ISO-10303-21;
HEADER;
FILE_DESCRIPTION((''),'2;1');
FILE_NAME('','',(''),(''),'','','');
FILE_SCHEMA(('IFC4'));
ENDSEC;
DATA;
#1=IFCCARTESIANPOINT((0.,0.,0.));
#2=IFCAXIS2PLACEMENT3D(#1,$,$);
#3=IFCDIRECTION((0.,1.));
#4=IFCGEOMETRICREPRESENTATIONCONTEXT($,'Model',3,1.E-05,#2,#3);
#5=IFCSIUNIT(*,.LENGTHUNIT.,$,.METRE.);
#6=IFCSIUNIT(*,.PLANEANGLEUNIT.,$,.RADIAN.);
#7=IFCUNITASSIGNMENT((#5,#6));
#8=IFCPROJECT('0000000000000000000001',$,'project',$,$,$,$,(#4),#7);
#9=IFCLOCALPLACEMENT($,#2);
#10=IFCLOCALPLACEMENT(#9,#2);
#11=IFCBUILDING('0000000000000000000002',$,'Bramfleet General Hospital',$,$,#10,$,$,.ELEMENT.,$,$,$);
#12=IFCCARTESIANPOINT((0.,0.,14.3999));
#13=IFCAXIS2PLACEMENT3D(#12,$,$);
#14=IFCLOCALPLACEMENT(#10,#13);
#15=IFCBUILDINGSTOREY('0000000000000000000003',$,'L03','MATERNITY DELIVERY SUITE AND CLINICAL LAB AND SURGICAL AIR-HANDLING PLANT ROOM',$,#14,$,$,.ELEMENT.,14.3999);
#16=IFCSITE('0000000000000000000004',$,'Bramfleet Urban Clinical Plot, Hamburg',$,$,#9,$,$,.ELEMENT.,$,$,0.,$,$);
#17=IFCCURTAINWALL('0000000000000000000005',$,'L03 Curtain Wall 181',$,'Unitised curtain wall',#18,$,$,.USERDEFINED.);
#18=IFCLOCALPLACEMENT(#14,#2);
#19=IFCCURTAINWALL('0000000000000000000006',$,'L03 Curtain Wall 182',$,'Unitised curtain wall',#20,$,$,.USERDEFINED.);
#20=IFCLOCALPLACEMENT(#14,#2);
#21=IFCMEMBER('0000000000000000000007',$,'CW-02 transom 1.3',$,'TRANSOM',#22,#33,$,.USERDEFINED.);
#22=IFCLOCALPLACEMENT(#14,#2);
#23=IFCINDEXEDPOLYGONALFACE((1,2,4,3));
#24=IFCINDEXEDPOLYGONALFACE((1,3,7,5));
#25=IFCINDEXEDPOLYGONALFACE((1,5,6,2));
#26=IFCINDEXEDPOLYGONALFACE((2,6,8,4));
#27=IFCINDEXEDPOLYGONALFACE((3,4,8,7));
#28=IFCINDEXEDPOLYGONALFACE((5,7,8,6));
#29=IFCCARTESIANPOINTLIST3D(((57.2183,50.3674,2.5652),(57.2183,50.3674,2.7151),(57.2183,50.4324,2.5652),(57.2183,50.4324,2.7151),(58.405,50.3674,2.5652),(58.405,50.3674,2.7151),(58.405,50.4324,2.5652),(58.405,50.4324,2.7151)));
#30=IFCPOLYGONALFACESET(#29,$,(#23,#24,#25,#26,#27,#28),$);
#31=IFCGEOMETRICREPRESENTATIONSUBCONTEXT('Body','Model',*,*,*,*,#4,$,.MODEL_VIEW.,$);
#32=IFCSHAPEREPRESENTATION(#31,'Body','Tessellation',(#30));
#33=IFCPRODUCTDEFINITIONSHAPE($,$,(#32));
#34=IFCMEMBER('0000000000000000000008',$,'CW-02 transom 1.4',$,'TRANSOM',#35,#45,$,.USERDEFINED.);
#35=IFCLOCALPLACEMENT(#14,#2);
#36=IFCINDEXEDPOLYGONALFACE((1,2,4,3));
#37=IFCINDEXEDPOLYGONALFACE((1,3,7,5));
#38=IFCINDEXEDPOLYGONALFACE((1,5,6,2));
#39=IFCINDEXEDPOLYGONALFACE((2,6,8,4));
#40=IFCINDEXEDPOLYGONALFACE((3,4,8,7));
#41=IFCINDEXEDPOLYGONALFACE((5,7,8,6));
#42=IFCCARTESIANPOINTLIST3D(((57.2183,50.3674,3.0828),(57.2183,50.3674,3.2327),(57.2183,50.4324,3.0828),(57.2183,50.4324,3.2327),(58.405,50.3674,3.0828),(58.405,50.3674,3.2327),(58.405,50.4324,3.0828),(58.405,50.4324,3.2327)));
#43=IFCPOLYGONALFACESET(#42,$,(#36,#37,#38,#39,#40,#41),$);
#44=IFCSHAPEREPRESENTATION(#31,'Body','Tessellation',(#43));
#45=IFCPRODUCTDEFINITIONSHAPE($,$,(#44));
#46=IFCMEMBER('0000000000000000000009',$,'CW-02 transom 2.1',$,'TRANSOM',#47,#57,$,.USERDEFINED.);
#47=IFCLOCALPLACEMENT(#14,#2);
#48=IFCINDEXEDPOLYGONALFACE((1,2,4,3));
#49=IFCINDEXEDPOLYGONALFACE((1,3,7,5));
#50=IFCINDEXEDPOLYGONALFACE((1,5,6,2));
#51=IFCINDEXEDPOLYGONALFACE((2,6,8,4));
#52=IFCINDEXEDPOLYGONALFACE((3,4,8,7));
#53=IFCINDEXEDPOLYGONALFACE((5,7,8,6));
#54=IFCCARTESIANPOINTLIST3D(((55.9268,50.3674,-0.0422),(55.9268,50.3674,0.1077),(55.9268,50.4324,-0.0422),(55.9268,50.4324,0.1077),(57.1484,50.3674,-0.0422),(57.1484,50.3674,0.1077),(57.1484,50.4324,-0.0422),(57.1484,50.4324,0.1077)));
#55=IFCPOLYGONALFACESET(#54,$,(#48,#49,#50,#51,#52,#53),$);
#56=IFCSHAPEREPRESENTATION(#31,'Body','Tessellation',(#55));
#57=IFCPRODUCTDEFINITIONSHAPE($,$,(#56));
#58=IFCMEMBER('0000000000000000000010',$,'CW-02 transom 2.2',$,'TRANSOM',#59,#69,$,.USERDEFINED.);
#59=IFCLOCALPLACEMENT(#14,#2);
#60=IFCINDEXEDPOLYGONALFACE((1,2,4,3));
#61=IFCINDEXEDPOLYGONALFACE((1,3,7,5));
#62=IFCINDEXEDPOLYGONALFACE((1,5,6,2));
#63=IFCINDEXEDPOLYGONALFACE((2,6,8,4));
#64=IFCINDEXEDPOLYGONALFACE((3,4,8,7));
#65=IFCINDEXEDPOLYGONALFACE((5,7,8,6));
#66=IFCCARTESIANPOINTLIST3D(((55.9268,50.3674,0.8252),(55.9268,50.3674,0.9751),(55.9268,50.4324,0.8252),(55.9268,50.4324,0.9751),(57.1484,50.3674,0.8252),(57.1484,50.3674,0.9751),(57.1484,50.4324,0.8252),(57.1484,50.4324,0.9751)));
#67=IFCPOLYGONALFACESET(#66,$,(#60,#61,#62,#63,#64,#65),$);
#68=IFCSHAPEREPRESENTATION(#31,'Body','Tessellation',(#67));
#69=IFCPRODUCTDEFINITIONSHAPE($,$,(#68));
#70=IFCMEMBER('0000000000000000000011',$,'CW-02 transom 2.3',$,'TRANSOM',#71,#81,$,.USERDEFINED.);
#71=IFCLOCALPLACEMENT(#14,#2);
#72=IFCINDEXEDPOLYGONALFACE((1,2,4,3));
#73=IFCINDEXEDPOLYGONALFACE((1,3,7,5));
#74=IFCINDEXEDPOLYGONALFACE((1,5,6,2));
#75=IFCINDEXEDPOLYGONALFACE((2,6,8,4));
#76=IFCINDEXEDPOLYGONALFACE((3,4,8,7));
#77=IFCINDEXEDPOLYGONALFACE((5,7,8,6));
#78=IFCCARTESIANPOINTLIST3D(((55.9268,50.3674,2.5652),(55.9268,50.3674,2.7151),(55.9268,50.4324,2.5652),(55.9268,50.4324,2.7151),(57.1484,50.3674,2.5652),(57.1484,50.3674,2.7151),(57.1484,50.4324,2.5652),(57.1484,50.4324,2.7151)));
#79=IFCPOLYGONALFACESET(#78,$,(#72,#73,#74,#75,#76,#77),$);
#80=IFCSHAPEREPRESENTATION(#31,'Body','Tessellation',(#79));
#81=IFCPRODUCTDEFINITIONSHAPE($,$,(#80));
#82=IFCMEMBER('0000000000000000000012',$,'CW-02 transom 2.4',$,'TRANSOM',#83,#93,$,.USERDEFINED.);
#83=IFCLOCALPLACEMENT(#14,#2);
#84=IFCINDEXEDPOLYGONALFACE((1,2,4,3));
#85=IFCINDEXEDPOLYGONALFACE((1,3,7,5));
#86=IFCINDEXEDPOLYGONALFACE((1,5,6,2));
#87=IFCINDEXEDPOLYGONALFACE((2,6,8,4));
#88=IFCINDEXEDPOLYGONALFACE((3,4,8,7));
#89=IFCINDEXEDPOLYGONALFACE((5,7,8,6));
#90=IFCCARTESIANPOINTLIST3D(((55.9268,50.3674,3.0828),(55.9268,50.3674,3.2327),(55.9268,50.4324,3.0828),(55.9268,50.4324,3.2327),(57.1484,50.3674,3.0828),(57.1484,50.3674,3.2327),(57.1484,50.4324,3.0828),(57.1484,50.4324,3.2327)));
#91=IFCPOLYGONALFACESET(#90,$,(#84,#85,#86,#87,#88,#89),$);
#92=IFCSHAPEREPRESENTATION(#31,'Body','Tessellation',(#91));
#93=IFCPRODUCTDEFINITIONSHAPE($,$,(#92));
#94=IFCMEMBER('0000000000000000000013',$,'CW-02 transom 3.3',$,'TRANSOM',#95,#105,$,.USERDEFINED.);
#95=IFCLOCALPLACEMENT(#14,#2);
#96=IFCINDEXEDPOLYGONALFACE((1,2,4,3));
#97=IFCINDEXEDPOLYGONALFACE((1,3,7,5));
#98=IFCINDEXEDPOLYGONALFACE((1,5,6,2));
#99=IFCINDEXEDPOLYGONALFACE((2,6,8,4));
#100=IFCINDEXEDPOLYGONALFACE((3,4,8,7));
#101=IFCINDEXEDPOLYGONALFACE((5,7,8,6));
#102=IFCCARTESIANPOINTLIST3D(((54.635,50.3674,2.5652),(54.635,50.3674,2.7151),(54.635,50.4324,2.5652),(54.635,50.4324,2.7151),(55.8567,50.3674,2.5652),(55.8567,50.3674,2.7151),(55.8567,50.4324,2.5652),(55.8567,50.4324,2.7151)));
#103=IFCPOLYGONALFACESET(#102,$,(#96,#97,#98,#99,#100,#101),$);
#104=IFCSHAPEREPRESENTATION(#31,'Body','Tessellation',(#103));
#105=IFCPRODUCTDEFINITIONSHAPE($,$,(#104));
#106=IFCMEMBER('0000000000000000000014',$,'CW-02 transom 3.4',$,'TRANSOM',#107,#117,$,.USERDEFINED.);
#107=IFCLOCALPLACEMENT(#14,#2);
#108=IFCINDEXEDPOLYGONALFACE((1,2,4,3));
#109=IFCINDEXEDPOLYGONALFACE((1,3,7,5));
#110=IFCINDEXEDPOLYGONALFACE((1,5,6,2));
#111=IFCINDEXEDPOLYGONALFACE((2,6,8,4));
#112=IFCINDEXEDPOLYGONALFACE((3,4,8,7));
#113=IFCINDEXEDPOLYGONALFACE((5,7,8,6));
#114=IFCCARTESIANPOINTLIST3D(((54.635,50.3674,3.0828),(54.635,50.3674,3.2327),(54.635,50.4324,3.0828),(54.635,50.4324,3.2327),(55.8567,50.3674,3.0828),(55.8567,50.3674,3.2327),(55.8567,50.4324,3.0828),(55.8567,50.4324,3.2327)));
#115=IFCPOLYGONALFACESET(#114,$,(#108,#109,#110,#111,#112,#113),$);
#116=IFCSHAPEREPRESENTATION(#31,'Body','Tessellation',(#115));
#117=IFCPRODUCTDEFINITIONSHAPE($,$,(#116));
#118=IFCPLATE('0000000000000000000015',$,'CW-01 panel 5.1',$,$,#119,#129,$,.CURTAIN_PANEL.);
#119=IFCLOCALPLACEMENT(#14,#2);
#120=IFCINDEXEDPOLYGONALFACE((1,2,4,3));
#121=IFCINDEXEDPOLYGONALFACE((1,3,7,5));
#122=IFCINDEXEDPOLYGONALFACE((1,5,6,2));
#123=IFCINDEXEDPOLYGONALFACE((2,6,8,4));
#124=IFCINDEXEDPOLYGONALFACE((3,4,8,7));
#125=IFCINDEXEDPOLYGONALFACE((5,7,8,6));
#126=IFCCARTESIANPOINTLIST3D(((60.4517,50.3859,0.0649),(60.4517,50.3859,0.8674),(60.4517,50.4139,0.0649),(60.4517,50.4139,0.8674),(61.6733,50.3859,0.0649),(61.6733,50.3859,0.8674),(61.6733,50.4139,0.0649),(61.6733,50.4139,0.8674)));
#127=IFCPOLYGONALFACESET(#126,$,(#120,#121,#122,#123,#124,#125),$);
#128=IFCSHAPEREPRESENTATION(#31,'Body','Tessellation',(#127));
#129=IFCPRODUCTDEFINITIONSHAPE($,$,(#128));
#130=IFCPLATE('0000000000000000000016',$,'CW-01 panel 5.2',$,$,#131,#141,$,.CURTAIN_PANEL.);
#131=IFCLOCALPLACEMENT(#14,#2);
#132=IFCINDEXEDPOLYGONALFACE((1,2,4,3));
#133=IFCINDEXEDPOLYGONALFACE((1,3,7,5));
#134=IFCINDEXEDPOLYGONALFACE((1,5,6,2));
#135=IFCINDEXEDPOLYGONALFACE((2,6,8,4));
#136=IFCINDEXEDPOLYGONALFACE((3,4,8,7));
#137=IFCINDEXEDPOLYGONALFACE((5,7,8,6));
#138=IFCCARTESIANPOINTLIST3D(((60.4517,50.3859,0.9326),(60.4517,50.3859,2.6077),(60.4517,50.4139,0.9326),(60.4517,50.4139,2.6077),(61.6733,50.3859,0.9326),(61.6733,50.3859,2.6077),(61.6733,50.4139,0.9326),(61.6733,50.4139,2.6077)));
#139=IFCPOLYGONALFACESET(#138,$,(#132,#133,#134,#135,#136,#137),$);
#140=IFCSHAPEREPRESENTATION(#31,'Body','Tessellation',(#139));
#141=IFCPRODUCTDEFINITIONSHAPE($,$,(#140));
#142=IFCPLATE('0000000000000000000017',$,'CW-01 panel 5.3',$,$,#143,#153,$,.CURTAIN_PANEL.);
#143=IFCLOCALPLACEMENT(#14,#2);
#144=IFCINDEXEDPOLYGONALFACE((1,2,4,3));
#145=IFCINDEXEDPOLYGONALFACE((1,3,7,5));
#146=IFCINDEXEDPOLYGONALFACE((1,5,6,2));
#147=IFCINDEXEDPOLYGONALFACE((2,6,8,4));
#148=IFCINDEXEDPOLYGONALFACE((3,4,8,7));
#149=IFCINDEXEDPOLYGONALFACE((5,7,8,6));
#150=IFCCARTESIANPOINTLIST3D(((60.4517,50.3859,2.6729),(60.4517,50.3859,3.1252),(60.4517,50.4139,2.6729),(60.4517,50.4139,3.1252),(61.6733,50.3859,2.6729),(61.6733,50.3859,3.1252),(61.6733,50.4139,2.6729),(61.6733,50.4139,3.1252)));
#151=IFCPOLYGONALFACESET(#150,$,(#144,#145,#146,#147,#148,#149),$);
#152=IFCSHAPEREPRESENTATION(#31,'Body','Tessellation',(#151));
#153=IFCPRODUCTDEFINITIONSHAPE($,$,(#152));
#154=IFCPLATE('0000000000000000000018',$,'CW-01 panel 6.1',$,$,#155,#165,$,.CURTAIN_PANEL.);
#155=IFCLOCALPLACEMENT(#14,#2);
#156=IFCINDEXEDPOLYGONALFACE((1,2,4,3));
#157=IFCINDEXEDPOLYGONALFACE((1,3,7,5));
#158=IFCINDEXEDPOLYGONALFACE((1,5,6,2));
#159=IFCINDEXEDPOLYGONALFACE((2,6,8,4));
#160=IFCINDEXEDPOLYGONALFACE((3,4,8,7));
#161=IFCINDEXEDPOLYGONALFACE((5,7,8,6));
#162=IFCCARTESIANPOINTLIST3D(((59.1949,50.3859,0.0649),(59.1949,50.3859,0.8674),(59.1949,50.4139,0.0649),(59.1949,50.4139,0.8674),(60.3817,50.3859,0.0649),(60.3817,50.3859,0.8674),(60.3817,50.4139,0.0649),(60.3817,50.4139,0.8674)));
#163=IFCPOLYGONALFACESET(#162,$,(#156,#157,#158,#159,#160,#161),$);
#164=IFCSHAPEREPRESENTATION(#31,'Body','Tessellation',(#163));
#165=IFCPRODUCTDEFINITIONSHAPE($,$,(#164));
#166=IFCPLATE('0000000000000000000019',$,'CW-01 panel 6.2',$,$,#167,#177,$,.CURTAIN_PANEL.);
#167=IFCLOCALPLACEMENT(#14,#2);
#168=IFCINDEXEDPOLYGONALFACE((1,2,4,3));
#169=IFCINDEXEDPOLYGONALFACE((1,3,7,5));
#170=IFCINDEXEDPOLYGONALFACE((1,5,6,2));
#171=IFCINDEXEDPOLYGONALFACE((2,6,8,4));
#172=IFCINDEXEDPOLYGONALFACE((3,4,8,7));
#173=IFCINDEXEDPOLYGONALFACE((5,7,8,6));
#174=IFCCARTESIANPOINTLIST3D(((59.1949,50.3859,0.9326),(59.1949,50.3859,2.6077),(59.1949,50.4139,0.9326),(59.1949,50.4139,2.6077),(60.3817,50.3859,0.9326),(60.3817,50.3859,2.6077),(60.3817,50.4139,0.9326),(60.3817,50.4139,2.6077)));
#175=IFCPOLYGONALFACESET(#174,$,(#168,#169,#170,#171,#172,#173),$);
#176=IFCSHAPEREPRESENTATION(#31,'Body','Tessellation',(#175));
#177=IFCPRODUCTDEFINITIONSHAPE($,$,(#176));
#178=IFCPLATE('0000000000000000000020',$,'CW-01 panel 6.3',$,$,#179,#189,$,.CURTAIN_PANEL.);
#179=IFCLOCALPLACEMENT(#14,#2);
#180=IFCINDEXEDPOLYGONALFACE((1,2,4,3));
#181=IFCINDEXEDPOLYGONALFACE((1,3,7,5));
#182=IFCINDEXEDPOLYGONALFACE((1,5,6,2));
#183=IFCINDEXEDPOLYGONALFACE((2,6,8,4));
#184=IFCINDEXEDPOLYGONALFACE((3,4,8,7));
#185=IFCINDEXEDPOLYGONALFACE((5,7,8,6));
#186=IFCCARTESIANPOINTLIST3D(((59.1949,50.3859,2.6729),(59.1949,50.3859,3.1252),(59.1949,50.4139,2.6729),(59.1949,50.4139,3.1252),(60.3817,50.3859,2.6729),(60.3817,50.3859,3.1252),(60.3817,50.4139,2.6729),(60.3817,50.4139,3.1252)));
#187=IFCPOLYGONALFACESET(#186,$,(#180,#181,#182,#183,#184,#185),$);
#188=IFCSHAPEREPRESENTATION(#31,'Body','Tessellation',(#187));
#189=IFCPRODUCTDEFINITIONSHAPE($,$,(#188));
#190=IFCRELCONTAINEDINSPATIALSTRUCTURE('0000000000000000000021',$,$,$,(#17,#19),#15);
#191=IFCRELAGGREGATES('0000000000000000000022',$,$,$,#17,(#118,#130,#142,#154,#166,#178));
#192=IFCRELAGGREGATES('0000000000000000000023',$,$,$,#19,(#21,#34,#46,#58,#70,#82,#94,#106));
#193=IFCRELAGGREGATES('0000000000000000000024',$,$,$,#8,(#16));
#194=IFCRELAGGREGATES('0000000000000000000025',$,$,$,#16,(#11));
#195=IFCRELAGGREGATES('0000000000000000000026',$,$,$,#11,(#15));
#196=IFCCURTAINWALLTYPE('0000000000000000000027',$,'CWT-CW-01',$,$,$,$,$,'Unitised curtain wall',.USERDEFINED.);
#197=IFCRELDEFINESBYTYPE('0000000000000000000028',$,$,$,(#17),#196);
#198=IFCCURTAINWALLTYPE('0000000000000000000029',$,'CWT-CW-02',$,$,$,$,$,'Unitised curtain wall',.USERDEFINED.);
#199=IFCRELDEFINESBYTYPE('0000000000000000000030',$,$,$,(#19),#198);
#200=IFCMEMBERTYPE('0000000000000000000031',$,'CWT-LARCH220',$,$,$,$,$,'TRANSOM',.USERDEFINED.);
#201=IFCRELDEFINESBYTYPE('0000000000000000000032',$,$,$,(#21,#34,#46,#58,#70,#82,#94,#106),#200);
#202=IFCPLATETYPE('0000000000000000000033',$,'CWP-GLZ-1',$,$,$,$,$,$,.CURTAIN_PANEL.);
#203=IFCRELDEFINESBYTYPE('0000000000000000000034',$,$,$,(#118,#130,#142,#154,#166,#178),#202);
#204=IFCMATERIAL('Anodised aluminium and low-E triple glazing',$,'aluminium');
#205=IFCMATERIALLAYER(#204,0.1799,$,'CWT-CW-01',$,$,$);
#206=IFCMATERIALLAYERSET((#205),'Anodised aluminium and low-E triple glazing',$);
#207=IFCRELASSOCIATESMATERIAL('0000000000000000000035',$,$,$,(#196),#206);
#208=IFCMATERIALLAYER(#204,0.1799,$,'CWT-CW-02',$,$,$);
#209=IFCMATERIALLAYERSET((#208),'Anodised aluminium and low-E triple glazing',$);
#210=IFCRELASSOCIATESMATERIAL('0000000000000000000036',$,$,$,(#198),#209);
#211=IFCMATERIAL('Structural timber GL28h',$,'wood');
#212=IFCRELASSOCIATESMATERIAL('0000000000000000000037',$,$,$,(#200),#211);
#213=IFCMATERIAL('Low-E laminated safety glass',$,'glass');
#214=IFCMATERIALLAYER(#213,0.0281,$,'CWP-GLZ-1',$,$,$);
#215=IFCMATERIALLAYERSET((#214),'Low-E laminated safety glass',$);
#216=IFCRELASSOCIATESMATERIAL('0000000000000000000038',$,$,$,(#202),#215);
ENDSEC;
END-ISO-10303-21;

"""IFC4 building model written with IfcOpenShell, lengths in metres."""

from ifc_helpers import new_model, si_unit, direction, frame, origin, origin_2d, place, context, subcontext, project, spatial, rectangle, extrude, material, layer, layer_set, material_profile, profile_set, type_object, element, aggregate, save


model = new_model("IFC4")

# Units and contexts
model_context = context("Model", 3, precision=1e-05, world=origin(), true_north=direction((0.0, 1.0)))
body_context = subcontext(model_context, "Body", "Model", "MODEL_VIEW")
ifc_project = project(units=[si_unit("LENGTHUNIT", "METRE"), si_unit("PLANEANGLEUNIT", "RADIAN")], contexts=[model_context])

# Site, building, storey
site_placement = place(None, origin())
site = spatial("IfcSite", under=ifc_project, at=site_placement, Name="Bramfleet Urban Clinical Plot, Hamburg", CompositionType="ELEMENT", RefElevation=0.0)
building_placement = place(site_placement, origin())
building = spatial("IfcBuilding", under=site, at=building_placement, Name="Bramfleet General Hospital", CompositionType="ELEMENT")
storey_placement = place(building_placement, frame((0.0, 0.0, 14.3999)))
storey = spatial("IfcBuildingStorey", under=building, at=storey_placement, Name="L03", Description="MATERNITY DELIVERY SUITE AND CLINICAL LAB AND SURGICAL AIR-HANDLING PLANT ROOM", CompositionType="ELEMENT", Elevation=14.3999)

# Curtain walls
ifc_material_1 = material(Name="Anodised aluminium and low-E triple glazing", Category="aluminium")
ifc_layer_1 = layer(ifc_material_1, 0.1799, Name="CWT-CW-01")
ifc_layer_set_1 = layer_set([ifc_layer_1], Name="Anodised aluminium and low-E triple glazing")
curtain_wall_type_1 = type_object("IfcCurtainWallType", Name="CWT-CW-01", ElementType="Unitised curtain wall", PredefinedType="USERDEFINED", material=ifc_layer_set_1)
curtain_wall_1_placement = place(storey_placement, origin())
curtain_wall_1 = element("IfcCurtainWall", 1, at=curtain_wall_1_placement, inside=storey, type_object=curtain_wall_type_1, Name="L03 Curtain Wall 181", ObjectType="Unitised curtain wall", PredefinedType="USERDEFINED")
ifc_material_2 = material(Name="Structural timber GL28h", Category="wood")
ifc_layer_2 = layer(ifc_material_1, 0.1799, Name="CWT-CW-02")
ifc_layer_set_2 = layer_set([ifc_layer_2], Name="Anodised aluminium and low-E triple glazing")
curtain_wall_type_2 = type_object("IfcCurtainWallType", Name="CWT-CW-02", ElementType="Unitised curtain wall", PredefinedType="USERDEFINED", material=ifc_layer_set_2)
curtain_wall_2_placement = place(storey_placement, origin())
curtain_wall_2 = element("IfcCurtainWall", 2, at=curtain_wall_2_placement, inside=storey, type_object=curtain_wall_type_2, Name="L03 Curtain Wall 182", ObjectType="Unitised curtain wall", PredefinedType="USERDEFINED")

# Members
ifc_material_profile_1 = material_profile(ifc_material_2, rectangle(XDim=0.0649, YDim=0.1499, at=origin_2d()), Name="LARCH 150x65")
ifc_profile_set_1 = profile_set([ifc_material_profile_1], Name="Structural timber GL28h")
member_type_1 = type_object("IfcMemberType", Name="CWT-LARCH220", ElementType="TRANSOM", PredefinedType="USERDEFINED", material=ifc_profile_set_1)
member_1_placement = place(storey_placement, frame((58.405, 50.3999, 2.6401), z_axis=(-1.0, 0.0, 0.0), x_axis=(0.0, -1.0, 0.0)))
member_1 = element("IfcMember", 3, at=member_1_placement, type_object=member_type_1, Name="CW-02 transom 1.3", ObjectType="TRANSOM", PredefinedType="USERDEFINED", context=body_context, shape_type="SweptSolid", body=[
    extrude(rectangle(XDim=0.0649, YDim=0.1499, at=origin_2d()), origin(), (0.0, 0.0, 1.0), 1.1868),
])
member_2_placement = place(storey_placement, frame((58.405, 50.3999, 3.1577), z_axis=(-1.0, 0.0, 0.0), x_axis=(0.0, -1.0, 0.0)))
member_2 = element("IfcMember", 4, at=member_2_placement, type_object=member_type_1, Name="CW-02 transom 1.4", ObjectType="TRANSOM", PredefinedType="USERDEFINED", context=body_context, shape_type="SweptSolid", body=[
    extrude(rectangle(XDim=0.0649, YDim=0.1499, at=origin_2d()), origin(), (0.0, 0.0, 1.0), 1.1868),
])
member_3_placement = place(storey_placement, frame((57.1484, 50.3999, 0.0327), z_axis=(-1.0, 0.0, 0.0), x_axis=(0.0, -1.0, 0.0)))
member_3 = element("IfcMember", 5, at=member_3_placement, type_object=member_type_1, Name="CW-02 transom 2.1", ObjectType="TRANSOM", PredefinedType="USERDEFINED", context=body_context, shape_type="SweptSolid", body=[
    extrude(rectangle(XDim=0.0649, YDim=0.1499, at=origin_2d()), origin(), (0.0, 0.0, 1.0), 1.2217),
])
member_4_placement = place(storey_placement, frame((57.1484, 50.3999, 0.9001), z_axis=(-1.0, 0.0, 0.0), x_axis=(0.0, -1.0, 0.0)))
member_4 = element("IfcMember", 6, at=member_4_placement, type_object=member_type_1, Name="CW-02 transom 2.2", ObjectType="TRANSOM", PredefinedType="USERDEFINED", context=body_context, shape_type="SweptSolid", body=[
    extrude(rectangle(XDim=0.0649, YDim=0.1499, at=origin_2d()), origin(), (0.0, 0.0, 1.0), 1.2217),
])
member_5_placement = place(storey_placement, frame((57.1484, 50.3999, 2.6401), z_axis=(-1.0, 0.0, 0.0), x_axis=(0.0, -1.0, 0.0)))
member_5 = element("IfcMember", 7, at=member_5_placement, type_object=member_type_1, Name="CW-02 transom 2.3", ObjectType="TRANSOM", PredefinedType="USERDEFINED", context=body_context, shape_type="SweptSolid", body=[
    extrude(rectangle(XDim=0.0649, YDim=0.1499, at=origin_2d()), origin(), (0.0, 0.0, 1.0), 1.2217),
])
member_6_placement = place(storey_placement, frame((57.1484, 50.3999, 3.1577), z_axis=(-1.0, 0.0, 0.0), x_axis=(0.0, -1.0, 0.0)))
member_6 = element("IfcMember", 8, at=member_6_placement, type_object=member_type_1, Name="CW-02 transom 2.4", ObjectType="TRANSOM", PredefinedType="USERDEFINED", context=body_context, shape_type="SweptSolid", body=[
    extrude(rectangle(XDim=0.0649, YDim=0.1499, at=origin_2d()), origin(), (0.0, 0.0, 1.0), 1.2217),
])
member_7_placement = place(storey_placement, frame((55.8567, 50.3999, 2.6401), z_axis=(-1.0, 0.0, 0.0), x_axis=(0.0, -1.0, 0.0)))
member_7 = element("IfcMember", 9, at=member_7_placement, type_object=member_type_1, Name="CW-02 transom 3.3", ObjectType="TRANSOM", PredefinedType="USERDEFINED", context=body_context, shape_type="SweptSolid", body=[
    extrude(rectangle(XDim=0.0649, YDim=0.1499, at=origin_2d()), origin(), (0.0, 0.0, 1.0), 1.2217),
])
member_8_placement = place(storey_placement, frame((55.8567, 50.3999, 3.1577), z_axis=(-1.0, 0.0, 0.0), x_axis=(0.0, -1.0, 0.0)))
member_8 = element("IfcMember", 10, at=member_8_placement, type_object=member_type_1, Name="CW-02 transom 3.4", ObjectType="TRANSOM", PredefinedType="USERDEFINED", context=body_context, shape_type="SweptSolid", body=[
    extrude(rectangle(XDim=0.0649, YDim=0.1499, at=origin_2d()), origin(), (0.0, 0.0, 1.0), 1.2217),
])

# Plates
ifc_material_3 = material(Name="Low-E laminated safety glass", Category="glass")
ifc_layer_3 = layer(ifc_material_3, 0.0281, Name="CWP-GLZ-1")
ifc_layer_set_3 = layer_set([ifc_layer_3], Name="Low-E laminated safety glass")
plate_type_1 = type_object("IfcPlateType", Name="CWP-GLZ-1", PredefinedType="CURTAIN_PANEL", material=ifc_layer_set_3)
plate_1_placement = place(storey_placement, frame((61.0625, 50.3999, 0.0649), z_axis=(0.0, 0.0, 1.0), x_axis=(-1.0, 0.0, 0.0)))
plate_1 = element("IfcPlate", 11, at=plate_1_placement, type_object=plate_type_1, Name="CW-01 panel 5.1", PredefinedType="CURTAIN_PANEL", context=body_context, shape_type="SweptSolid", body=[
    extrude(rectangle(XDim=1.2217, YDim=0.0281, at=origin_2d()), origin(), (0.0, 0.0, 1.0), 0.8025),
])
plate_2_placement = place(storey_placement, frame((61.0625, 50.3999, 0.9326), z_axis=(0.0, 0.0, 1.0), x_axis=(-1.0, 0.0, 0.0)))
plate_2 = element("IfcPlate", 12, at=plate_2_placement, type_object=plate_type_1, Name="CW-01 panel 5.2", PredefinedType="CURTAIN_PANEL", context=body_context, shape_type="SweptSolid", body=[
    extrude(rectangle(XDim=1.2217, YDim=0.0281, at=origin_2d()), origin(), (0.0, 0.0, 1.0), 1.675),
])
plate_3_placement = place(storey_placement, frame((61.0625, 50.3999, 2.6729), z_axis=(0.0, 0.0, 1.0), x_axis=(-1.0, 0.0, 0.0)))
plate_3 = element("IfcPlate", 13, at=plate_3_placement, type_object=plate_type_1, Name="CW-01 panel 5.3", PredefinedType="CURTAIN_PANEL", context=body_context, shape_type="SweptSolid", body=[
    extrude(rectangle(XDim=1.2217, YDim=0.0281, at=origin_2d()), origin(), (0.0, 0.0, 1.0), 0.4524),
])
plate_4_placement = place(storey_placement, frame((59.7883, 50.3999, 0.0649), z_axis=(0.0, 0.0, 1.0), x_axis=(-1.0, 0.0, 0.0)))
plate_4 = element("IfcPlate", 14, at=plate_4_placement, type_object=plate_type_1, Name="CW-01 panel 6.1", PredefinedType="CURTAIN_PANEL", context=body_context, shape_type="SweptSolid", body=[
    extrude(rectangle(XDim=1.1868, YDim=0.0281, at=origin_2d()), origin(), (0.0, 0.0, 1.0), 0.8025),
])
plate_5_placement = place(storey_placement, frame((59.7883, 50.3999, 0.9326), z_axis=(0.0, 0.0, 1.0), x_axis=(-1.0, 0.0, 0.0)))
plate_5 = element("IfcPlate", 15, at=plate_5_placement, type_object=plate_type_1, Name="CW-01 panel 6.2", PredefinedType="CURTAIN_PANEL", context=body_context, shape_type="SweptSolid", body=[
    extrude(rectangle(XDim=1.1868, YDim=0.0281, at=origin_2d()), origin(), (0.0, 0.0, 1.0), 1.675),
])
plate_6_placement = place(storey_placement, frame((59.7883, 50.3999, 2.6729), z_axis=(0.0, 0.0, 1.0), x_axis=(-1.0, 0.0, 0.0)))
plate_6 = element("IfcPlate", 16, at=plate_6_placement, type_object=plate_type_1, Name="CW-01 panel 6.3", PredefinedType="CURTAIN_PANEL", context=body_context, shape_type="SweptSolid", body=[
    extrude(rectangle(XDim=1.1868, YDim=0.0281, at=origin_2d()), origin(), (0.0, 0.0, 1.0), 0.4524),
])
aggregate(curtain_wall_1, [plate_1, plate_2, plate_3, plate_4, plate_5, plate_6])
aggregate(curtain_wall_2, [member_1, member_2, member_3, member_4, member_5, member_6, member_7, member_8])

save(model, "model.ifc")
